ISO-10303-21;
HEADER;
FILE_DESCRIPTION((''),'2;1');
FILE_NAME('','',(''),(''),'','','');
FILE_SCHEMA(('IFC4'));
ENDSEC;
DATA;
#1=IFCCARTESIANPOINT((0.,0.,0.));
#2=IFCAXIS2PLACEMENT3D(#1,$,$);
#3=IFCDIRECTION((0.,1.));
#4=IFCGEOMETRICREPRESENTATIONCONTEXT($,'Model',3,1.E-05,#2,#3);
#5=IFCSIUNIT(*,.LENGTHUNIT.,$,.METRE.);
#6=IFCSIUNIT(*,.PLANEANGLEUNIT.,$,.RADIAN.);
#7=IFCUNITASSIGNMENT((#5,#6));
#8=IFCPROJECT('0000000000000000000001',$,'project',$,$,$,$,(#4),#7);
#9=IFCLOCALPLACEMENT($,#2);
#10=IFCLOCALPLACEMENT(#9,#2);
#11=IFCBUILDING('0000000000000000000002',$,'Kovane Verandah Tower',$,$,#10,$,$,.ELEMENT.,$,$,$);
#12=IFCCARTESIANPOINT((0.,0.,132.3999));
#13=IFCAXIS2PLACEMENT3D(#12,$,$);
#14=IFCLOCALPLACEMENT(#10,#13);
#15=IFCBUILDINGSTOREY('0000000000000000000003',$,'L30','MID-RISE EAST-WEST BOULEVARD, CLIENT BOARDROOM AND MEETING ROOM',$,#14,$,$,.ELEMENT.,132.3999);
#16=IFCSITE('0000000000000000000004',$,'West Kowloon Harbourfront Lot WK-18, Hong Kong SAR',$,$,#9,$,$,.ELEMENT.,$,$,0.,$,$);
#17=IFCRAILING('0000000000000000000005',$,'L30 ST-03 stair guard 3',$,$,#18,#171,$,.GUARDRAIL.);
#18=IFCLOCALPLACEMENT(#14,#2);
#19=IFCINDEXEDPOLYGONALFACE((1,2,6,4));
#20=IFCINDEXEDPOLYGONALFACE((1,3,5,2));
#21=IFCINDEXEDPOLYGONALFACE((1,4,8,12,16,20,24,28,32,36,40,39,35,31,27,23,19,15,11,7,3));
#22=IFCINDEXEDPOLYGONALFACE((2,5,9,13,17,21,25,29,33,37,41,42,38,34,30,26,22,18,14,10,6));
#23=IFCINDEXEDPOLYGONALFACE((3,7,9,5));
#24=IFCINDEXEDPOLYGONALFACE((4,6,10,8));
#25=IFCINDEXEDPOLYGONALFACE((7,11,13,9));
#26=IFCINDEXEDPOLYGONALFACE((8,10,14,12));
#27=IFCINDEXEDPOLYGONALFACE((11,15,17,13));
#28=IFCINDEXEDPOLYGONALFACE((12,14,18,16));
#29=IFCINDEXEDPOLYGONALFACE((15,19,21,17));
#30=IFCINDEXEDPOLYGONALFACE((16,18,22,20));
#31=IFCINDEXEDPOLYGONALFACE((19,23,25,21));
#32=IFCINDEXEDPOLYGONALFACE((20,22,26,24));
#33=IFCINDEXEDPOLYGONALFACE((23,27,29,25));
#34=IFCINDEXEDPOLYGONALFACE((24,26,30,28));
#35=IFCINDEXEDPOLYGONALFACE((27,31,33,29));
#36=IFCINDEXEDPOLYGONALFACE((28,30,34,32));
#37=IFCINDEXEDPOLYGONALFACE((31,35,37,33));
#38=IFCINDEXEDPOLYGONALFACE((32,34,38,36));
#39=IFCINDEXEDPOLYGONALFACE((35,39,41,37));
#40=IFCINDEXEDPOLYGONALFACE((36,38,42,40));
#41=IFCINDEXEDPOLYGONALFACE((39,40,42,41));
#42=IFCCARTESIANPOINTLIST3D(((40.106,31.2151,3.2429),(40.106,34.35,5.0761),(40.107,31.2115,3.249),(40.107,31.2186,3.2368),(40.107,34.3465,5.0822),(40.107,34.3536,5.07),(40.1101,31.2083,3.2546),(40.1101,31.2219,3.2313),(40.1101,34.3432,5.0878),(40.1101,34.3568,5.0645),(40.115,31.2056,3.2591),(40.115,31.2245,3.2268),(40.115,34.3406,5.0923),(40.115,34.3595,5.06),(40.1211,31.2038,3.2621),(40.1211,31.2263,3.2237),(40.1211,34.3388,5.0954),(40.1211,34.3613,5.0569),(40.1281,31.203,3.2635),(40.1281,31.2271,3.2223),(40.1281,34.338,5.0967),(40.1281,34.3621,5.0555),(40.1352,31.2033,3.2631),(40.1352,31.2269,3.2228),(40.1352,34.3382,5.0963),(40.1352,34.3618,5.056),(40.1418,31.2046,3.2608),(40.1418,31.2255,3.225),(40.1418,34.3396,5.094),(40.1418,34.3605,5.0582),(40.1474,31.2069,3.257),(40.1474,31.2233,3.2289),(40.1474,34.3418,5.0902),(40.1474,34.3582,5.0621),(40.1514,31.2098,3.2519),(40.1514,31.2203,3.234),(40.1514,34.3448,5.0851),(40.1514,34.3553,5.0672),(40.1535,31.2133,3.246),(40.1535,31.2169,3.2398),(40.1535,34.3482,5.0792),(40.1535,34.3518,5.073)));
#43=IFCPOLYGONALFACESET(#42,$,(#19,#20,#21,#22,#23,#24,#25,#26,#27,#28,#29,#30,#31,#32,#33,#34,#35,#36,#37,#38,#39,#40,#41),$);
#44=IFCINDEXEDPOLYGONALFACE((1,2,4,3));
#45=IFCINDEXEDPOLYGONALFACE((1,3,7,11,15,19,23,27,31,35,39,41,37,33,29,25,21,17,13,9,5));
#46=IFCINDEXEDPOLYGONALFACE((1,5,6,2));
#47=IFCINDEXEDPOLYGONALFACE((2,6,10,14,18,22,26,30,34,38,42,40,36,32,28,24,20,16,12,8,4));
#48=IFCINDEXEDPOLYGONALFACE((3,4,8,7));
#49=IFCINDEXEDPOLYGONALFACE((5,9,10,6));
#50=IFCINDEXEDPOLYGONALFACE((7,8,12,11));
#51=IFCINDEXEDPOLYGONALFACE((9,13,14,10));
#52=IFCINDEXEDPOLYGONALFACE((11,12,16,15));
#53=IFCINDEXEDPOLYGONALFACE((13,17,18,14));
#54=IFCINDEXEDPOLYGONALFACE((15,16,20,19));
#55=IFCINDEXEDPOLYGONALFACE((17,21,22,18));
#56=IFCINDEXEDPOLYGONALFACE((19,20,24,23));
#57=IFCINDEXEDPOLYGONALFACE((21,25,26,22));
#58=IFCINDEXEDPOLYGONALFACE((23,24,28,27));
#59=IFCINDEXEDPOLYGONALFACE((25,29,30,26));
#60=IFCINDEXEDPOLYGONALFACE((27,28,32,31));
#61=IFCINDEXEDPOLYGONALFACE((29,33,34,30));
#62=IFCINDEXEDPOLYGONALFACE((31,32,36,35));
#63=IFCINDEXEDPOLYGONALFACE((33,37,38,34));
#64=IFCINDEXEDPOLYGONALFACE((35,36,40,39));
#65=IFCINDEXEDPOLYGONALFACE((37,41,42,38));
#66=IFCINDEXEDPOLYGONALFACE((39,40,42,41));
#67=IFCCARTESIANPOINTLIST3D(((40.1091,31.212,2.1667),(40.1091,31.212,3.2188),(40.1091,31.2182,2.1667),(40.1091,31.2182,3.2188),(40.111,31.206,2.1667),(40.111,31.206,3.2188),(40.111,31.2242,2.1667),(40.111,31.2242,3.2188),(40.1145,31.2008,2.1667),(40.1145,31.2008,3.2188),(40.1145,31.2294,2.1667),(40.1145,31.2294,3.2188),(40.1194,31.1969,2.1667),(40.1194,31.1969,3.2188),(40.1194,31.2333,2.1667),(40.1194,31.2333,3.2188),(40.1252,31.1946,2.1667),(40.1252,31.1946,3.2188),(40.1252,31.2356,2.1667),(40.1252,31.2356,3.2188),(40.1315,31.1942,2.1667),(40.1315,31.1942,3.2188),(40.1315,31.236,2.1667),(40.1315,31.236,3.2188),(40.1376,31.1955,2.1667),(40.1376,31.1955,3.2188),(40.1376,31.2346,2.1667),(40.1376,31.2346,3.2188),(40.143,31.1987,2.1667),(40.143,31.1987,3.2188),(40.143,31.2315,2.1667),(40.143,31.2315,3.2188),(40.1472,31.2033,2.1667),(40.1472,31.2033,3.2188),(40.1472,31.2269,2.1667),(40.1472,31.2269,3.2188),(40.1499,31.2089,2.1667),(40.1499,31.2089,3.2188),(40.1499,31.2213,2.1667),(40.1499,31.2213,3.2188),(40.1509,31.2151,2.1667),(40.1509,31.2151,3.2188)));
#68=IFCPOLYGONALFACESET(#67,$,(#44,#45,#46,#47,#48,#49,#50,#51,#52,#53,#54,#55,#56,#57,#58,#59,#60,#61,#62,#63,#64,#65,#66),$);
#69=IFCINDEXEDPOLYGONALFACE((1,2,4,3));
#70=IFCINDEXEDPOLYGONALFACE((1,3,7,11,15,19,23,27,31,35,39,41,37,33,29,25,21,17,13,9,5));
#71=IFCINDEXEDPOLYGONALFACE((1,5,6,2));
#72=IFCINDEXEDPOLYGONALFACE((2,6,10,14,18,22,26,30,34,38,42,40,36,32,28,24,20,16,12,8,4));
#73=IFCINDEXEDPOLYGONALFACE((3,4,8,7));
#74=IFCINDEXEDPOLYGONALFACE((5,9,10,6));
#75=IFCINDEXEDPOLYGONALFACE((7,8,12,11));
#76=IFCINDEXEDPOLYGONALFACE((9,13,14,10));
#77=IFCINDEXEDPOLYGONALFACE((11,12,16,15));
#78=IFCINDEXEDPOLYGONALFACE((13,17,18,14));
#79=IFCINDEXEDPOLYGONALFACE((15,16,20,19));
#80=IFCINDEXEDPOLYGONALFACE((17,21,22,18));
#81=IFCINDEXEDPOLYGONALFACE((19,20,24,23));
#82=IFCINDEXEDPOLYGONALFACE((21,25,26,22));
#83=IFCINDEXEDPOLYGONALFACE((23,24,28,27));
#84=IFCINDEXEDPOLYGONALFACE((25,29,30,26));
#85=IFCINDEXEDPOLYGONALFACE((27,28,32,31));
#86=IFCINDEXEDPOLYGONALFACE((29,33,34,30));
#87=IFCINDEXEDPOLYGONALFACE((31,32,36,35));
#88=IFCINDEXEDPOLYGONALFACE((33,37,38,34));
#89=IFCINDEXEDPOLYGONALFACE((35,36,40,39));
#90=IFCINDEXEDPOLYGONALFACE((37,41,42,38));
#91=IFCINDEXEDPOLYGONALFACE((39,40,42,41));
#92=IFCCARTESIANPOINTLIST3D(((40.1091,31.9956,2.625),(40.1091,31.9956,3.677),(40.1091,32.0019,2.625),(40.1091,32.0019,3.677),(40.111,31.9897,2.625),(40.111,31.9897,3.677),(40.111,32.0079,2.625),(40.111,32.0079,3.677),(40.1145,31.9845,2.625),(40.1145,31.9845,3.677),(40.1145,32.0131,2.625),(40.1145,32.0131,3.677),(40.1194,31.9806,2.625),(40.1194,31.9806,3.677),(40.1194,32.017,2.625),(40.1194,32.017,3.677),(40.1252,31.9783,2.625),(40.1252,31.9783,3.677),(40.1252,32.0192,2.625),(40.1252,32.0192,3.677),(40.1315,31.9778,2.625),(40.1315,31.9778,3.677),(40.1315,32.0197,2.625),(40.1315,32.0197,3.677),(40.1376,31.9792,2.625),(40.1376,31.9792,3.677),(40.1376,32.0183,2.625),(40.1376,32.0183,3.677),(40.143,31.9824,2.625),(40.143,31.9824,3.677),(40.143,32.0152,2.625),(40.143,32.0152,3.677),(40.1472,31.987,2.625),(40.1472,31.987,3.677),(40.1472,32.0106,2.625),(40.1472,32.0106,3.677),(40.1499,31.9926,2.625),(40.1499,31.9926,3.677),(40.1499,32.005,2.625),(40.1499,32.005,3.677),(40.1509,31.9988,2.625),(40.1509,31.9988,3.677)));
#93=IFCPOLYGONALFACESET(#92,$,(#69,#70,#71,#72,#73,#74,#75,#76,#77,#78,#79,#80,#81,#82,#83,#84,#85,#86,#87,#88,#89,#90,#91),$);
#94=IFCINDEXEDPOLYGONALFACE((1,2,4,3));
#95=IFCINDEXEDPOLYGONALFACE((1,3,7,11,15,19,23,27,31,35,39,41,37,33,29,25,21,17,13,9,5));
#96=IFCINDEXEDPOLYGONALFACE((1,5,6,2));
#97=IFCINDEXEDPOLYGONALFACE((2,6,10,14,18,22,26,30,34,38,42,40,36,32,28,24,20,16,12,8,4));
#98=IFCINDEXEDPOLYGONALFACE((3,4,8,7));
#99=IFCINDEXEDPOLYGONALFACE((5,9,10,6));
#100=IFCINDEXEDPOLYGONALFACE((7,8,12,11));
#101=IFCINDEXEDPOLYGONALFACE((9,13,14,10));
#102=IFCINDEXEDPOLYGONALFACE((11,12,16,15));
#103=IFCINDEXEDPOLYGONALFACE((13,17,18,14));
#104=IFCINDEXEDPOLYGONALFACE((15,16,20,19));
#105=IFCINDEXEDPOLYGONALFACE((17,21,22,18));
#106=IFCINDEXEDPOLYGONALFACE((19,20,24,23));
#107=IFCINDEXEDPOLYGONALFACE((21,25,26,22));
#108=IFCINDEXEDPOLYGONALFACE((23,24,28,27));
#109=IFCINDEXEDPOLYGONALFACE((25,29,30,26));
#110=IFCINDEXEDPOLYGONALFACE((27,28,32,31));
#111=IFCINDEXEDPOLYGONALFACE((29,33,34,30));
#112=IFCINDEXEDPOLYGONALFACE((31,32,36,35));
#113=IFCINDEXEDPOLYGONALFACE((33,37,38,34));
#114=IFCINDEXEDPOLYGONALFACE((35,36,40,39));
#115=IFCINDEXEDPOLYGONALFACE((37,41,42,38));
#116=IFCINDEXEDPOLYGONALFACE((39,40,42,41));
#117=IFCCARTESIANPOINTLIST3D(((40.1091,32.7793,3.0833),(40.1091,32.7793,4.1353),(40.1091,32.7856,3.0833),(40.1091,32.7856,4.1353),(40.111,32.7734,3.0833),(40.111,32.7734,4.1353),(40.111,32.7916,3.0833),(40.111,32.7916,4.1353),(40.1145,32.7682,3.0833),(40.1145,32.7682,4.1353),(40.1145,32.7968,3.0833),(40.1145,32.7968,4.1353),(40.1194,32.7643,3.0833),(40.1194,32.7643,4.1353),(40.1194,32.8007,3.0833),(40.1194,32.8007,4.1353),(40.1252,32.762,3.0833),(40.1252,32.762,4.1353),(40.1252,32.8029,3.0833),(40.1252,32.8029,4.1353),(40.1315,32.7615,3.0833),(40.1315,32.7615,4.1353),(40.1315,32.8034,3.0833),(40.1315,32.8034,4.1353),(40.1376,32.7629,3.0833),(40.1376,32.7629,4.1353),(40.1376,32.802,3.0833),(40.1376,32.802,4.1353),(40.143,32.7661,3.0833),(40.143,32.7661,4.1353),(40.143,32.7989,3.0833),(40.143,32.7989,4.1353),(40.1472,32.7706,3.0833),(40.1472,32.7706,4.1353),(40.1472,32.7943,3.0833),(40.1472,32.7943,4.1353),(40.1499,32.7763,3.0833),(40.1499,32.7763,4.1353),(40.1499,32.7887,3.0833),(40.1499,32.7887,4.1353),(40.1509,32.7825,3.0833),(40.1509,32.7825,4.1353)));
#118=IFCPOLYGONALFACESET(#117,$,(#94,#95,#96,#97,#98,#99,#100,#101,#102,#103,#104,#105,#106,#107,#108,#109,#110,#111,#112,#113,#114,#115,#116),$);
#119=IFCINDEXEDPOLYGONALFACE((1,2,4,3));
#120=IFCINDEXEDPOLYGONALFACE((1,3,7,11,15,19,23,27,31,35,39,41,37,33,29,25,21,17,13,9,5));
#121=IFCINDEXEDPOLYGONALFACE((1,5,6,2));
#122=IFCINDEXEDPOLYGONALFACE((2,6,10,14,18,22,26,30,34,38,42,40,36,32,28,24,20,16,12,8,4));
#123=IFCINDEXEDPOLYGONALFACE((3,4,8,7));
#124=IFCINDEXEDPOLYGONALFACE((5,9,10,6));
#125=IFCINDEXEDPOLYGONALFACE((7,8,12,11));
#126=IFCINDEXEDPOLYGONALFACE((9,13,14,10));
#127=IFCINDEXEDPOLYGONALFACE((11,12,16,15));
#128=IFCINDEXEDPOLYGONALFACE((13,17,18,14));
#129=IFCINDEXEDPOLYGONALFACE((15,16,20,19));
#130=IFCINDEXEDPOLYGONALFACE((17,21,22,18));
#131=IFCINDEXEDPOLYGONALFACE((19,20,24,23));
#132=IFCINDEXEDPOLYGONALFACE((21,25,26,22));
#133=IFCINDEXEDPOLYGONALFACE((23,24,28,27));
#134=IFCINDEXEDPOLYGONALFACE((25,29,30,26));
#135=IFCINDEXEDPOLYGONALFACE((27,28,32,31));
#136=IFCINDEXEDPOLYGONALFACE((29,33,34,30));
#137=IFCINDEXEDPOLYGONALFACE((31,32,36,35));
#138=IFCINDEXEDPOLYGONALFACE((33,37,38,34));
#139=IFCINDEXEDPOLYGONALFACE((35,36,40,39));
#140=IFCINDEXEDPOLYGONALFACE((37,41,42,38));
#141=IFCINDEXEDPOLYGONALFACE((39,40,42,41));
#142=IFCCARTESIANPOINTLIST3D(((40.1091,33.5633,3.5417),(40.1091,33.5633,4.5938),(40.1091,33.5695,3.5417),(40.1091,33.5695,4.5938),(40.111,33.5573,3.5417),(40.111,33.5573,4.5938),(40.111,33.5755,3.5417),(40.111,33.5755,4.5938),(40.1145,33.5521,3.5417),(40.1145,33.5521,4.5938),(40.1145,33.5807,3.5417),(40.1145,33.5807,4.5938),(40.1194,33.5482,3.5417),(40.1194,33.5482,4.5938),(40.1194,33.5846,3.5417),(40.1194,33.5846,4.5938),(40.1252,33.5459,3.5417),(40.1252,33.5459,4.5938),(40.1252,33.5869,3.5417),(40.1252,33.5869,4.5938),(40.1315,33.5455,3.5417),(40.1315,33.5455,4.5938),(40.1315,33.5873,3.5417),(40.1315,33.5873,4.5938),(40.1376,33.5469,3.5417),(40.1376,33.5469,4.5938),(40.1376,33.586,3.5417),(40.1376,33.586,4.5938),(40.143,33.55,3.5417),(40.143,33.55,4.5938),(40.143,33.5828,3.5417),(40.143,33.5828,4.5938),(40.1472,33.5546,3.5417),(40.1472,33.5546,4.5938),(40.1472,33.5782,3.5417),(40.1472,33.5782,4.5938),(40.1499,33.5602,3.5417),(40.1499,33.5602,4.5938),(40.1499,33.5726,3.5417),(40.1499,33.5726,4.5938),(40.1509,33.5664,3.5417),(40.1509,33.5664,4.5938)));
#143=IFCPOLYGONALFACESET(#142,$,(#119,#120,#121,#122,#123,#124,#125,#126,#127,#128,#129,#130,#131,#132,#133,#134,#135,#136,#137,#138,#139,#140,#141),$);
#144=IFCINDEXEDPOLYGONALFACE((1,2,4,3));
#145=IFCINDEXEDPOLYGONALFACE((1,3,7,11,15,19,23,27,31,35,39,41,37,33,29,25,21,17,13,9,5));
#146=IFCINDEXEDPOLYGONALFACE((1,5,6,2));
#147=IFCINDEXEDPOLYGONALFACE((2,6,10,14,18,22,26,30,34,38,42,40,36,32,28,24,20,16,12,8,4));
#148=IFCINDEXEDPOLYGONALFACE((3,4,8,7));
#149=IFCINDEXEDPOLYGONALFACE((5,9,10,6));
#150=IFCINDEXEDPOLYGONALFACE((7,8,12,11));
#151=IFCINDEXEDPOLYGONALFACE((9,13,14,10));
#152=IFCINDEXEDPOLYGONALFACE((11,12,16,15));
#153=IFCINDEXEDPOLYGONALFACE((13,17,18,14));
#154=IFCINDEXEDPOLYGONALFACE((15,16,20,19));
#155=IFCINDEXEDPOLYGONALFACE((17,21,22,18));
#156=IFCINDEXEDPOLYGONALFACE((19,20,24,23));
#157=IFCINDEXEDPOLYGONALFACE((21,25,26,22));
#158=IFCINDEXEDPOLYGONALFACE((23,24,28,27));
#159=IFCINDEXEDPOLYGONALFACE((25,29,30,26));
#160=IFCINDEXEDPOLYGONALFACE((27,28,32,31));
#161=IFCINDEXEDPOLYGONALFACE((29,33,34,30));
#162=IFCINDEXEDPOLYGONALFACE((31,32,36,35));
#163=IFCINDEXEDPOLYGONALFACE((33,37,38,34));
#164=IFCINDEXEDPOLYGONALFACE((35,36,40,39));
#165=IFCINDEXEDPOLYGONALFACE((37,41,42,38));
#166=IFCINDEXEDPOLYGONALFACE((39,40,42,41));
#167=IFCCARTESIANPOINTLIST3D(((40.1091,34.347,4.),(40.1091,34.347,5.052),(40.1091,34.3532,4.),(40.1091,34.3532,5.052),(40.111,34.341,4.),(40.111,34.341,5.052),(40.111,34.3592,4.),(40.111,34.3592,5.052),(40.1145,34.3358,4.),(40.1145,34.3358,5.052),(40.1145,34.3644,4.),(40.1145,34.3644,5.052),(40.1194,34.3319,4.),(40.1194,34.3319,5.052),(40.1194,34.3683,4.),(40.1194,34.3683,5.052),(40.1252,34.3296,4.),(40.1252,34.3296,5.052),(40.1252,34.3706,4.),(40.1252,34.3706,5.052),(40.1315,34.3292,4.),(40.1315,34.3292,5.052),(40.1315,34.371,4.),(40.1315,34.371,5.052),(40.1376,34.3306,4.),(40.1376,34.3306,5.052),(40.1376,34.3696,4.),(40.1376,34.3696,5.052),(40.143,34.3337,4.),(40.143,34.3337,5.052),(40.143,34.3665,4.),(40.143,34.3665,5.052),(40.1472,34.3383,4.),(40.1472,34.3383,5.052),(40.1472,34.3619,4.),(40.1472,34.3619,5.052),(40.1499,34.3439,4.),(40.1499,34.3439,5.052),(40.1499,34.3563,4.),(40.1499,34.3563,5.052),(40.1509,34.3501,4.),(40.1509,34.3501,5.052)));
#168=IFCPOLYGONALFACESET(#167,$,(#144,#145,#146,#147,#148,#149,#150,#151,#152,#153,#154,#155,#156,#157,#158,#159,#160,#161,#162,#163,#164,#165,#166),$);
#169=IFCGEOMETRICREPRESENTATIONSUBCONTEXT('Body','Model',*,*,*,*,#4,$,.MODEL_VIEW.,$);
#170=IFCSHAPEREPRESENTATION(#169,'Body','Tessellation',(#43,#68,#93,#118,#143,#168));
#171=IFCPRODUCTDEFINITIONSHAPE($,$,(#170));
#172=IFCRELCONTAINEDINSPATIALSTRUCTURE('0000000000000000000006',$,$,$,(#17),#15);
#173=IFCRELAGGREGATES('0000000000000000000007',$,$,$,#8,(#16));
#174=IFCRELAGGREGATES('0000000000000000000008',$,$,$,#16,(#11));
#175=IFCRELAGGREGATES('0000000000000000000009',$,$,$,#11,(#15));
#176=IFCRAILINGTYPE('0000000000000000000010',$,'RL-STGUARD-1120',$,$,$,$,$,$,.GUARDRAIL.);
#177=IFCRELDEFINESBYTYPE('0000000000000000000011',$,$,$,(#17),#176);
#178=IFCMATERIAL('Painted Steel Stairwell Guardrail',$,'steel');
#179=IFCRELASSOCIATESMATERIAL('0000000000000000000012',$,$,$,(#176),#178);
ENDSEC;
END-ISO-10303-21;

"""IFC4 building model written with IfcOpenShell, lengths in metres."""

from ifc_helpers import new_model, si_unit, direction, frame, origin, origin_2d, place, context, subcontext, project, spatial, circle, extrude, material, type_object, element, save


model = new_model("IFC4")

# Units and contexts
model_context = context("Model", 3, precision=1e-05, world=origin(), true_north=direction((0.0, 1.0)))
body_context = subcontext(model_context, "Body", "Model", "MODEL_VIEW")
ifc_project = project(units=[si_unit("LENGTHUNIT", "METRE"), si_unit("PLANEANGLEUNIT", "RADIAN")], contexts=[model_context])

# Site, building, storey
site_placement = place(None, origin())
site = spatial("IfcSite", under=ifc_project, at=site_placement, Name="West Kowloon Harbourfront Lot WK-18, Hong Kong SAR", CompositionType="ELEMENT", RefElevation=0.0)
building_placement = place(site_placement, origin())
building = spatial("IfcBuilding", under=site, at=building_placement, Name="Kovane Verandah Tower", CompositionType="ELEMENT")
storey_placement = place(building_placement, frame((0.0, 0.0, 132.3999)))
storey = spatial("IfcBuildingStorey", under=building, at=storey_placement, Name="L30", Description="MID-RISE EAST-WEST BOULEVARD, CLIENT BOARDROOM AND MEETING ROOM", CompositionType="ELEMENT", Elevation=132.3999)

# Railing
ifc_material_1 = material(Name="Painted Steel Stairwell Guardrail", Category="steel")
railing_type = type_object("IfcRailingType", Name="RL-STGUARD-1120", PredefinedType="GUARDRAIL", material=ifc_material_1)
railing_1_placement = place(storey_placement, frame((40.1299, 31.2151, 2.1667)))
element("IfcRailing", 1, at=railing_1_placement, inside=storey, type_object=railing_type, Name="L30 ST-03 stair guard 3", PredefinedType="GUARDRAIL", context=body_context, shape_type="SweptSolid", body=[
    extrude(circle(Radius=0.0239, at=origin_2d()), frame((0.0, 0.0, 1.0762), z_axis=(0.0, 0.86324, 0.504794), x_axis=(-1.0, 0.0, 0.0)), (0.0, 0.0, 1.0), 3.6316),
    extrude(circle(Radius=0.021, at=origin_2d()), origin(), (0.0, 0.0, 1.0), 1.052),
    extrude(circle(Radius=0.021, at=origin_2d()), frame((0.0, 0.7837, 0.4583)), (0.0, 0.0, 1.0), 1.052),
    extrude(circle(Radius=0.021, at=origin_2d()), frame((0.0, 1.5674, 0.9165)), (0.0, 0.0, 1.0), 1.052),
    extrude(circle(Radius=0.021, at=origin_2d()), frame((0.0, 2.3513, 1.375)), (0.0, 0.0, 1.0), 1.052),
    extrude(circle(Radius=0.021, at=origin_2d()), frame((0.0, 3.135, 1.8333)), (0.0, 0.0, 1.0), 1.052),
])

save(model, "model.ifc")
